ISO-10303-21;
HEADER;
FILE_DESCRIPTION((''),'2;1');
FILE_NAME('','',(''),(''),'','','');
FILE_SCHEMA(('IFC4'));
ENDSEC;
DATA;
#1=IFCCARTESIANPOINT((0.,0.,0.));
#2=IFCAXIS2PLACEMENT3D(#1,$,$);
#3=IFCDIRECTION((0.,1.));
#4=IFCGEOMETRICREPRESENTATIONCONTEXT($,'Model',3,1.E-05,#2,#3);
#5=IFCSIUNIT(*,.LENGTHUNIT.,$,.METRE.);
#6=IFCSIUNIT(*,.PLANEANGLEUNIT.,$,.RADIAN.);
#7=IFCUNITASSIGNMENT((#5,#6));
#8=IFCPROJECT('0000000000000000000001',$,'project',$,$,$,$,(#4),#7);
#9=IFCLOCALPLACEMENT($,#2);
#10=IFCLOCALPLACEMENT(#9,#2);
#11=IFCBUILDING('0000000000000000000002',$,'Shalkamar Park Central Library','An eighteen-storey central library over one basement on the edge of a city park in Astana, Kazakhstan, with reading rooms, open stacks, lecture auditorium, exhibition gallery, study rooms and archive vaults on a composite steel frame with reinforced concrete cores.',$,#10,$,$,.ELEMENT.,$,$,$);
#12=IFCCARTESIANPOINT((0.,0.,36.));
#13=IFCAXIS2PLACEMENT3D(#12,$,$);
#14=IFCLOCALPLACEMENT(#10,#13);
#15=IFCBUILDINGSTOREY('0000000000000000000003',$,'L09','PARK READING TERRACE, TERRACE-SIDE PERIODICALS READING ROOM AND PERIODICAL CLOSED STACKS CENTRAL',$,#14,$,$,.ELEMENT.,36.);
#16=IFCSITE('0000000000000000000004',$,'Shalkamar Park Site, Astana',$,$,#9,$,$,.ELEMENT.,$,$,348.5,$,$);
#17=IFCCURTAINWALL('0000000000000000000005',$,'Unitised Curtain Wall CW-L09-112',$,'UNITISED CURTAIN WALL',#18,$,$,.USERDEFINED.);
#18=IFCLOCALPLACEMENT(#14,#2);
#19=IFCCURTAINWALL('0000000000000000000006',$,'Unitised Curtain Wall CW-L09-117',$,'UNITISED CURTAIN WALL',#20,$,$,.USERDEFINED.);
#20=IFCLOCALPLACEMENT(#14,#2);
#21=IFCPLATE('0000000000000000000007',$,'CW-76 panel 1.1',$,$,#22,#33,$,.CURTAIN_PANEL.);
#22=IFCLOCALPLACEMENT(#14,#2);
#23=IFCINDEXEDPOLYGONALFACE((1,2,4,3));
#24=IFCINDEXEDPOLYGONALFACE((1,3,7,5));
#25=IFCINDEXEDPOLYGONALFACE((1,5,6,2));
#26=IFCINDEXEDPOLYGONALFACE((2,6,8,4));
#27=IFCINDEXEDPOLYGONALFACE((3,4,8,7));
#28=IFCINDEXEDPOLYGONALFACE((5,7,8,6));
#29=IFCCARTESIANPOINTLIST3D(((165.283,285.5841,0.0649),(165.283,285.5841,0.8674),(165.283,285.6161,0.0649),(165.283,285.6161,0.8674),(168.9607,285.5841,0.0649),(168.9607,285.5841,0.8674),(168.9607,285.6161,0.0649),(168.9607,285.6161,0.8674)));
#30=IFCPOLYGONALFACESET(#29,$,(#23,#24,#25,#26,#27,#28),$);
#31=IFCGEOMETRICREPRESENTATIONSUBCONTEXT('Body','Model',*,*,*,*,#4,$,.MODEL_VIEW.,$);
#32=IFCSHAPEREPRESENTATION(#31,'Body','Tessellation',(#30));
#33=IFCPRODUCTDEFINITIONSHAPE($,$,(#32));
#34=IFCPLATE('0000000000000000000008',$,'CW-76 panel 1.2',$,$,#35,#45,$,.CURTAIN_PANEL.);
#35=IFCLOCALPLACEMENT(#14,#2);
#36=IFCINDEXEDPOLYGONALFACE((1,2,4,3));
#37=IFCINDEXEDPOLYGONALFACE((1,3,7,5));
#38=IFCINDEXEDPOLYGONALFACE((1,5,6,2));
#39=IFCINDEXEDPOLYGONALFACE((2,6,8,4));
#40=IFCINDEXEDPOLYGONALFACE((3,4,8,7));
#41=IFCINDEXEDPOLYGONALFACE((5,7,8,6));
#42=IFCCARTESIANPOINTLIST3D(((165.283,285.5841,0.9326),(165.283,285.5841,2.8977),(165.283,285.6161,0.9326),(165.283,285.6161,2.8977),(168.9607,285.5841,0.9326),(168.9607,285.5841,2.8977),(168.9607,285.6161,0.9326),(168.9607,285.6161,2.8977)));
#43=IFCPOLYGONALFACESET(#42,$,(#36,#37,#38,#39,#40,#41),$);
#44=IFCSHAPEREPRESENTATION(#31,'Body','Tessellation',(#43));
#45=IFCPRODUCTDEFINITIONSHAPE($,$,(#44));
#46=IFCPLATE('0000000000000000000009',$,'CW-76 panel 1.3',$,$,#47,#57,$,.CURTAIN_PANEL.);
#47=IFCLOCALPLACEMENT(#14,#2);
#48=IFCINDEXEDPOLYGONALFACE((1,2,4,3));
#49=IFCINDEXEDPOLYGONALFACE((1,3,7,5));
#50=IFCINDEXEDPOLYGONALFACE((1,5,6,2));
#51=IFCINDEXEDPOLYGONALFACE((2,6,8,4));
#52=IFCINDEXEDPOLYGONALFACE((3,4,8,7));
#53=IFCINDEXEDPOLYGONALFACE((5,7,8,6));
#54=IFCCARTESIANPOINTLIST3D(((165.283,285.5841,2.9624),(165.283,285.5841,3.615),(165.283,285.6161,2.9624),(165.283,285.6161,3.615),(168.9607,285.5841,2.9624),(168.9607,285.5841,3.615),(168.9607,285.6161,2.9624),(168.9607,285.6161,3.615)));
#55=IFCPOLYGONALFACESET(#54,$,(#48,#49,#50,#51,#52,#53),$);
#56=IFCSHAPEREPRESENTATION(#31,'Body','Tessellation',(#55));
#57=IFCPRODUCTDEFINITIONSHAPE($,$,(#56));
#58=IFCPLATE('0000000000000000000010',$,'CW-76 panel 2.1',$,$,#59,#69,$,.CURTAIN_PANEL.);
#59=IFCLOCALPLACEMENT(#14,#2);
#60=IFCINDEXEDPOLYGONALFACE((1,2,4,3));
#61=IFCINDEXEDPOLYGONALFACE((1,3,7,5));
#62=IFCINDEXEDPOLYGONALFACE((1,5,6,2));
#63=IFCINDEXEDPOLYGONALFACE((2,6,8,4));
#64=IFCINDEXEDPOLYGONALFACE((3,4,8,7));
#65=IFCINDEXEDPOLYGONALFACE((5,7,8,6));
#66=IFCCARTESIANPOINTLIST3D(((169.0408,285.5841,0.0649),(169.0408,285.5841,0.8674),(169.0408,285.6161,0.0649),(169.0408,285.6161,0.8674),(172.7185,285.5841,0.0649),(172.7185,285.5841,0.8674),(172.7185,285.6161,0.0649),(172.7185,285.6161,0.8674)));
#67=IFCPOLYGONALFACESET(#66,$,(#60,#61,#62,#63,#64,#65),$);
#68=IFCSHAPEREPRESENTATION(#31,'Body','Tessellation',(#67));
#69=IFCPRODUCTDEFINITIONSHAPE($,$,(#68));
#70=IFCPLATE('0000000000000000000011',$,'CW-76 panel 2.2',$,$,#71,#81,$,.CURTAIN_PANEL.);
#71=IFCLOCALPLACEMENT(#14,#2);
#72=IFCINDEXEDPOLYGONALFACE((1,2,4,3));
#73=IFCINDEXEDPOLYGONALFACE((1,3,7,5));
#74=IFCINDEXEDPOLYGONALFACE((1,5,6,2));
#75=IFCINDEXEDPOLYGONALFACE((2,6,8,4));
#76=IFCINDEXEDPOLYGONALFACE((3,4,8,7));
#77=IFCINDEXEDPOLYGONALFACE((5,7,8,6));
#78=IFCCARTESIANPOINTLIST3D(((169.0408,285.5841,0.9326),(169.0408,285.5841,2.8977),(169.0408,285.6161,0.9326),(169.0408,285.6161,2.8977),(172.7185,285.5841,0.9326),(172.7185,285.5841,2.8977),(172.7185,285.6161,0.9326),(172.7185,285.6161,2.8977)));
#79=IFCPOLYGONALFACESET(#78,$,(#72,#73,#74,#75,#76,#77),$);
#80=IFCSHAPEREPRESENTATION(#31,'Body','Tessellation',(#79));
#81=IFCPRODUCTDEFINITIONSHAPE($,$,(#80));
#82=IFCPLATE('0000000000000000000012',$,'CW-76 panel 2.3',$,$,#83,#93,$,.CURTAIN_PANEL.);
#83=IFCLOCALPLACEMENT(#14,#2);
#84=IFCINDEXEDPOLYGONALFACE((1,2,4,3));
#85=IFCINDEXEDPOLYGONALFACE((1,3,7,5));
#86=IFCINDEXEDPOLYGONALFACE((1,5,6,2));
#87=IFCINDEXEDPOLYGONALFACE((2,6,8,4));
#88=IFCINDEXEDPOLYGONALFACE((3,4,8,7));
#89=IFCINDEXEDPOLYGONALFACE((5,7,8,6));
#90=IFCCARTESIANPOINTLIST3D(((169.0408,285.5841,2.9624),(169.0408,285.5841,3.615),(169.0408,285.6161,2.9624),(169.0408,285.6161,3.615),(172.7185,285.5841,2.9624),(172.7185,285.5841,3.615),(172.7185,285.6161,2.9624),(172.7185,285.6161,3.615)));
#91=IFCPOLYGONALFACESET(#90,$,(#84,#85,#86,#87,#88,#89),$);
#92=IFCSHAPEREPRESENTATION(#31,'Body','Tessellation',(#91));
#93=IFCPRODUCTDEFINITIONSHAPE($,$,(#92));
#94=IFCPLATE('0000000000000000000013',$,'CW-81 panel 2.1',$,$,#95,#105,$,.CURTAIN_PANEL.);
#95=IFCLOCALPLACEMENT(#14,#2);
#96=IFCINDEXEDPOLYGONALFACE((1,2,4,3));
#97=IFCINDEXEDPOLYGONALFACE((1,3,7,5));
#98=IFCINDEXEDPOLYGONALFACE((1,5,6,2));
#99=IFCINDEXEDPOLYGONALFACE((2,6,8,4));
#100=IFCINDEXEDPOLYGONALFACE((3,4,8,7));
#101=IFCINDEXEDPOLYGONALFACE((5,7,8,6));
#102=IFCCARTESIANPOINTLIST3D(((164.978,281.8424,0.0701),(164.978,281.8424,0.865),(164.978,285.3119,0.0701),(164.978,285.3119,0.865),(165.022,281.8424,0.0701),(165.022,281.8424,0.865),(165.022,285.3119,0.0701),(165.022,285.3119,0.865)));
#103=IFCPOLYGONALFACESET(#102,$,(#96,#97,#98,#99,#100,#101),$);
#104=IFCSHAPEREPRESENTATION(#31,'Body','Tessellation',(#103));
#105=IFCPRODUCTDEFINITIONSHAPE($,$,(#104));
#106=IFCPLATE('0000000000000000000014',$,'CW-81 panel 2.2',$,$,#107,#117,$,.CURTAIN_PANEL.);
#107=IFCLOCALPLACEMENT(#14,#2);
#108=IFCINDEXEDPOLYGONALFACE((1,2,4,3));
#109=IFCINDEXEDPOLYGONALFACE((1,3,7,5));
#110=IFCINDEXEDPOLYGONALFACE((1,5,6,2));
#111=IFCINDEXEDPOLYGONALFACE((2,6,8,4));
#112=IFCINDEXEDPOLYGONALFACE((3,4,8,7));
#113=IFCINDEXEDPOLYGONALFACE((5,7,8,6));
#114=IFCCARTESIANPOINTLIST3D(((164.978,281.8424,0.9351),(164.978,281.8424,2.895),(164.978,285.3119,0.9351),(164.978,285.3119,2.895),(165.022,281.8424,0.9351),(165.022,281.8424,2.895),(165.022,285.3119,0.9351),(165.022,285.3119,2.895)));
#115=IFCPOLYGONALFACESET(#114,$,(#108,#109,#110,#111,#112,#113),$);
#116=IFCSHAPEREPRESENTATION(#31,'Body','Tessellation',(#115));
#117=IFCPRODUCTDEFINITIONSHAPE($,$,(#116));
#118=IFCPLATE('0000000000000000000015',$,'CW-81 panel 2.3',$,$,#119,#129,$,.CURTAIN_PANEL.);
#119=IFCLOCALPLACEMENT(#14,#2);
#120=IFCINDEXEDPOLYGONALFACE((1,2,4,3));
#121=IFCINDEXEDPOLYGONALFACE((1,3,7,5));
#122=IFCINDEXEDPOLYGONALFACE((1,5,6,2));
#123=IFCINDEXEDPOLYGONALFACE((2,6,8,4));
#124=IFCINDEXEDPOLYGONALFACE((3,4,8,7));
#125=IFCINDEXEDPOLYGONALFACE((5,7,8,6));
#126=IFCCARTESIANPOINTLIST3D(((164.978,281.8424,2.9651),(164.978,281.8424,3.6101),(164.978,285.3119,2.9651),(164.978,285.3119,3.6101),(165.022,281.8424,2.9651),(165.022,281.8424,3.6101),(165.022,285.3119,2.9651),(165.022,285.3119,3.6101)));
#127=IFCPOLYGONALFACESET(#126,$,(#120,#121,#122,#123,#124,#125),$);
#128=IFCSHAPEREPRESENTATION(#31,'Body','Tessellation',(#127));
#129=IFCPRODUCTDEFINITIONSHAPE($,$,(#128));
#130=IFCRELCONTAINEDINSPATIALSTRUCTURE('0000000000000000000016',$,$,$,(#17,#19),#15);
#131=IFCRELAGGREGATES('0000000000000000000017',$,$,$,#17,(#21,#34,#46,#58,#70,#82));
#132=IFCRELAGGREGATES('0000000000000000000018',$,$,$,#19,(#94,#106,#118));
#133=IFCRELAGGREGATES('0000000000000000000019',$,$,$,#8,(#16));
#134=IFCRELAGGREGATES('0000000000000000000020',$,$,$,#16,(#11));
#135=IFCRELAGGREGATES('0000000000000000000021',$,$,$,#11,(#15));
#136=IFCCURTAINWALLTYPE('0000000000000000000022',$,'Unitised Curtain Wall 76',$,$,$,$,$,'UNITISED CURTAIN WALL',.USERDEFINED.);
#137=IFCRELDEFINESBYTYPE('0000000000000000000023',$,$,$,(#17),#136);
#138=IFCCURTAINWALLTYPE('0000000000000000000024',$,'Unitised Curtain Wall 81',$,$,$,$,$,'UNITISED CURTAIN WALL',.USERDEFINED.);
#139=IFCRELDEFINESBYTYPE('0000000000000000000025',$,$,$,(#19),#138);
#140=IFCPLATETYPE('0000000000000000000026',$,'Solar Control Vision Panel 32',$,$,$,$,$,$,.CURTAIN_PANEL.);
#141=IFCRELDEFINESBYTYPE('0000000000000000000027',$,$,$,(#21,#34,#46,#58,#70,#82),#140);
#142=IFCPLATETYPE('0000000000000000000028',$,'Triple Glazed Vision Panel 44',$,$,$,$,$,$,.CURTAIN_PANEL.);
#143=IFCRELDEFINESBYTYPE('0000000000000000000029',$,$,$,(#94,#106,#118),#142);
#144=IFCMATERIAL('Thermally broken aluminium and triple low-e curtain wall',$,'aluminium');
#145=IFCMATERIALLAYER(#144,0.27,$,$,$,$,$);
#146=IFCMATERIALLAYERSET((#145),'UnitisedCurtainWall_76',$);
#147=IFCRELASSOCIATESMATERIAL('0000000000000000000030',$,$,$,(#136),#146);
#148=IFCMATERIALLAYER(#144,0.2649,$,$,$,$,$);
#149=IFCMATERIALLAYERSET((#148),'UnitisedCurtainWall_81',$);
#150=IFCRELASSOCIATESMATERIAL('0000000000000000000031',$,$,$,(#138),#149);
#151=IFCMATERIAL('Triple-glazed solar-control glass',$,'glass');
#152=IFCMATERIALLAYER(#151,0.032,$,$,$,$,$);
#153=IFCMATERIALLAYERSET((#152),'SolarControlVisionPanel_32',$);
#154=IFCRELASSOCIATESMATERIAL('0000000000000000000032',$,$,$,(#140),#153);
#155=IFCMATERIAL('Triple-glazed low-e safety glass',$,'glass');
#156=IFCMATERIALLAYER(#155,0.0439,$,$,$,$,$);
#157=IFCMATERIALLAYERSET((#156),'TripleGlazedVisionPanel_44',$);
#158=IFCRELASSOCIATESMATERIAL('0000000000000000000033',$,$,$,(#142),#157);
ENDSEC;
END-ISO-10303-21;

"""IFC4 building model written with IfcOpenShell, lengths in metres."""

from ifc_helpers import new_model, si_unit, direction, frame, origin, origin_2d, place, context, subcontext, project, spatial, rectangle, extrude, material, layer, layer_set, type_object, element, aggregate, save


model = new_model("IFC4")

# Units and contexts
model_context = context("Model", 3, precision=1e-05, world=origin(), true_north=direction((0.0, 1.0)))
body_context = subcontext(model_context, "Body", "Model", "MODEL_VIEW")
ifc_project = project(units=[si_unit("LENGTHUNIT", "METRE"), si_unit("PLANEANGLEUNIT", "RADIAN")], contexts=[model_context])

# Site, building, storey
site_placement = place(None, origin())
site = spatial("IfcSite", under=ifc_project, at=site_placement, Name="Shalkamar Park Site, Astana", CompositionType="ELEMENT", RefElevation=348.5)
building_placement = place(site_placement, origin())
building = spatial("IfcBuilding", under=site, at=building_placement, Name="Shalkamar Park Central Library", Description="An eighteen-storey central library over one basement on the edge of a city park in Astana, Kazakhstan, with reading rooms, open stacks, lecture auditorium, exhibition gallery, study rooms and archive vaults on a composite steel frame with reinforced concrete cores.", CompositionType="ELEMENT")
storey_placement = place(building_placement, frame((0.0, 0.0, 36.0)))
storey = spatial("IfcBuildingStorey", under=building, at=storey_placement, Name="L09", Description="PARK READING TERRACE, TERRACE-SIDE PERIODICALS READING ROOM AND PERIODICAL CLOSED STACKS CENTRAL", CompositionType="ELEMENT", Elevation=36.0)

# Curtain wall
ifc_material_1 = material(Name="Thermally broken aluminium and triple low-e curtain wall", Category="aluminium")
ifc_layer_1 = layer(ifc_material_1, 0.27)
ifc_layer_set_1 = layer_set([ifc_layer_1], Name="UnitisedCurtainWall_76")
curtain_wall_type_1 = type_object("IfcCurtainWallType", Name="Unitised Curtain Wall 76", ElementType="UNITISED CURTAIN WALL", PredefinedType="USERDEFINED", material=ifc_layer_set_1)
curtain_wall_1_placement = place(storey_placement, origin())
curtain_wall_1 = element("IfcCurtainWall", 1, at=curtain_wall_1_placement, inside=storey, type_object=curtain_wall_type_1, Name="Unitised Curtain Wall CW-L09-112", ObjectType="UNITISED CURTAIN WALL", PredefinedType="USERDEFINED")

# Curtain wall
ifc_layer_2 = layer(ifc_material_1, 0.2649)
ifc_layer_set_2 = layer_set([ifc_layer_2], Name="UnitisedCurtainWall_81")
curtain_wall_type_2 = type_object("IfcCurtainWallType", Name="Unitised Curtain Wall 81", ElementType="UNITISED CURTAIN WALL", PredefinedType="USERDEFINED", material=ifc_layer_set_2)
curtain_wall_2_placement = place(storey_placement, origin())
curtain_wall_2 = element("IfcCurtainWall", 2, at=curtain_wall_2_placement, inside=storey, type_object=curtain_wall_type_2, Name="Unitised Curtain Wall CW-L09-117", ObjectType="UNITISED CURTAIN WALL", PredefinedType="USERDEFINED")

# Plates
ifc_material_2 = material(Name="Triple-glazed solar-control glass", Category="glass")
ifc_layer_3 = layer(ifc_material_2, 0.032)
ifc_layer_set_3 = layer_set([ifc_layer_3], Name="SolarControlVisionPanel_32")
plate_type_1 = type_object("IfcPlateType", Name="Solar Control Vision Panel 32", PredefinedType="CURTAIN_PANEL", material=ifc_layer_set_3)
plate_1_placement = place(storey_placement, frame((167.1218, 285.6001, 0.0649), z_axis=(0.0, 0.0, 1.0), x_axis=(1.0, 0.0, 0.0)))
plate_1 = element("IfcPlate", 3, at=plate_1_placement, type_object=plate_type_1, Name="CW-76 panel 1.1", PredefinedType="CURTAIN_PANEL", context=body_context, shape_type="SweptSolid", body=[
    extrude(rectangle(XDim=3.6777, YDim=0.032, at=origin_2d()), origin(), (0.0, 0.0, 1.0), 0.8025),
])
plate_2_placement = place(storey_placement, frame((167.1218, 285.6001, 0.9326), z_axis=(0.0, 0.0, 1.0), x_axis=(1.0, 0.0, 0.0)))
plate_2 = element("IfcPlate", 4, at=plate_2_placement, type_object=plate_type_1, Name="CW-76 panel 1.2", PredefinedType="CURTAIN_PANEL", context=body_context, shape_type="SweptSolid", body=[
    extrude(rectangle(XDim=3.6777, YDim=0.032, at=origin_2d()), origin(), (0.0, 0.0, 1.0), 1.9651),
])
plate_3_placement = place(storey_placement, frame((167.1218, 285.6001, 2.9624), z_axis=(0.0, 0.0, 1.0), x_axis=(1.0, 0.0, 0.0)))
plate_3 = element("IfcPlate", 5, at=plate_3_placement, type_object=plate_type_1, Name="CW-76 panel 1.3", PredefinedType="CURTAIN_PANEL", context=body_context, shape_type="SweptSolid", body=[
    extrude(rectangle(XDim=3.6777, YDim=0.032, at=origin_2d()), origin(), (0.0, 0.0, 1.0), 0.6526),
])
plate_4_placement = place(storey_placement, frame((170.8796, 285.6001, 0.0649), z_axis=(0.0, 0.0, 1.0), x_axis=(1.0, 0.0, 0.0)))
plate_4 = element("IfcPlate", 6, at=plate_4_placement, type_object=plate_type_1, Name="CW-76 panel 2.1", PredefinedType="CURTAIN_PANEL", context=body_context, shape_type="SweptSolid", body=[
    extrude(rectangle(XDim=3.6777, YDim=0.032, at=origin_2d()), origin(), (0.0, 0.0, 1.0), 0.8025),
])
plate_5_placement = place(storey_placement, frame((170.8796, 285.6001, 0.9326), z_axis=(0.0, 0.0, 1.0), x_axis=(1.0, 0.0, 0.0)))
plate_5 = element("IfcPlate", 7, at=plate_5_placement, type_object=plate_type_1, Name="CW-76 panel 2.2", PredefinedType="CURTAIN_PANEL", context=body_context, shape_type="SweptSolid", body=[
    extrude(rectangle(XDim=3.6777, YDim=0.032, at=origin_2d()), origin(), (0.0, 0.0, 1.0), 1.9651),
])
plate_6_placement = place(storey_placement, frame((170.8796, 285.6001, 2.9624), z_axis=(0.0, 0.0, 1.0), x_axis=(1.0, 0.0, 0.0)))
plate_6 = element("IfcPlate", 8, at=plate_6_placement, type_object=plate_type_1, Name="CW-76 panel 2.3", PredefinedType="CURTAIN_PANEL", context=body_context, shape_type="SweptSolid", body=[
    extrude(rectangle(XDim=3.6777, YDim=0.032, at=origin_2d()), origin(), (0.0, 0.0, 1.0), 0.6526),
])
aggregate(curtain_wall_1, [plate_1, plate_2, plate_3, plate_4, plate_5, plate_6])
ifc_material_3 = material(Name="Triple-glazed low-e safety glass", Category="glass")
ifc_layer_4 = layer(ifc_material_3, 0.0439)
ifc_layer_set_4 = layer_set([ifc_layer_4], Name="TripleGlazedVisionPanel_44")
plate_type_2 = type_object("IfcPlateType", Name="Triple Glazed Vision Panel 44", PredefinedType="CURTAIN_PANEL", material=ifc_layer_set_4)
plate_7_placement = place(storey_placement, frame((165.0, 283.5771, 0.0701), z_axis=(0.0, 0.0, 1.0), x_axis=(0.0, 1.0, 0.0)))
plate_7 = element("IfcPlate", 9, at=plate_7_placement, type_object=plate_type_2, Name="CW-81 panel 2.1", PredefinedType="CURTAIN_PANEL", context=body_context, shape_type="SweptSolid", body=[
    extrude(rectangle(XDim=3.4695, YDim=0.0439, at=origin_2d()), origin(), (0.0, 0.0, 1.0), 0.7949),
])
plate_8_placement = place(storey_placement, frame((165.0, 283.5771, 0.9351), z_axis=(0.0, 0.0, 1.0), x_axis=(0.0, 1.0, 0.0)))
plate_8 = element("IfcPlate", 10, at=plate_8_placement, type_object=plate_type_2, Name="CW-81 panel 2.2", PredefinedType="CURTAIN_PANEL", context=body_context, shape_type="SweptSolid", body=[
    extrude(rectangle(XDim=3.4695, YDim=0.0439, at=origin_2d()), origin(), (0.0, 0.0, 1.0), 1.96),
])
plate_9_placement = place(storey_placement, frame((165.0, 283.5771, 2.9651), z_axis=(0.0, 0.0, 1.0), x_axis=(0.0, 1.0, 0.0)))
plate_9 = element("IfcPlate", 11, at=plate_9_placement, type_object=plate_type_2, Name="CW-81 panel 2.3", PredefinedType="CURTAIN_PANEL", context=body_context, shape_type="SweptSolid", body=[
    extrude(rectangle(XDim=3.4695, YDim=0.0439, at=origin_2d()), origin(), (0.0, 0.0, 1.0), 0.645),
])
aggregate(curtain_wall_2, [plate_7, plate_8, plate_9])

save(model, "model.ifc")
